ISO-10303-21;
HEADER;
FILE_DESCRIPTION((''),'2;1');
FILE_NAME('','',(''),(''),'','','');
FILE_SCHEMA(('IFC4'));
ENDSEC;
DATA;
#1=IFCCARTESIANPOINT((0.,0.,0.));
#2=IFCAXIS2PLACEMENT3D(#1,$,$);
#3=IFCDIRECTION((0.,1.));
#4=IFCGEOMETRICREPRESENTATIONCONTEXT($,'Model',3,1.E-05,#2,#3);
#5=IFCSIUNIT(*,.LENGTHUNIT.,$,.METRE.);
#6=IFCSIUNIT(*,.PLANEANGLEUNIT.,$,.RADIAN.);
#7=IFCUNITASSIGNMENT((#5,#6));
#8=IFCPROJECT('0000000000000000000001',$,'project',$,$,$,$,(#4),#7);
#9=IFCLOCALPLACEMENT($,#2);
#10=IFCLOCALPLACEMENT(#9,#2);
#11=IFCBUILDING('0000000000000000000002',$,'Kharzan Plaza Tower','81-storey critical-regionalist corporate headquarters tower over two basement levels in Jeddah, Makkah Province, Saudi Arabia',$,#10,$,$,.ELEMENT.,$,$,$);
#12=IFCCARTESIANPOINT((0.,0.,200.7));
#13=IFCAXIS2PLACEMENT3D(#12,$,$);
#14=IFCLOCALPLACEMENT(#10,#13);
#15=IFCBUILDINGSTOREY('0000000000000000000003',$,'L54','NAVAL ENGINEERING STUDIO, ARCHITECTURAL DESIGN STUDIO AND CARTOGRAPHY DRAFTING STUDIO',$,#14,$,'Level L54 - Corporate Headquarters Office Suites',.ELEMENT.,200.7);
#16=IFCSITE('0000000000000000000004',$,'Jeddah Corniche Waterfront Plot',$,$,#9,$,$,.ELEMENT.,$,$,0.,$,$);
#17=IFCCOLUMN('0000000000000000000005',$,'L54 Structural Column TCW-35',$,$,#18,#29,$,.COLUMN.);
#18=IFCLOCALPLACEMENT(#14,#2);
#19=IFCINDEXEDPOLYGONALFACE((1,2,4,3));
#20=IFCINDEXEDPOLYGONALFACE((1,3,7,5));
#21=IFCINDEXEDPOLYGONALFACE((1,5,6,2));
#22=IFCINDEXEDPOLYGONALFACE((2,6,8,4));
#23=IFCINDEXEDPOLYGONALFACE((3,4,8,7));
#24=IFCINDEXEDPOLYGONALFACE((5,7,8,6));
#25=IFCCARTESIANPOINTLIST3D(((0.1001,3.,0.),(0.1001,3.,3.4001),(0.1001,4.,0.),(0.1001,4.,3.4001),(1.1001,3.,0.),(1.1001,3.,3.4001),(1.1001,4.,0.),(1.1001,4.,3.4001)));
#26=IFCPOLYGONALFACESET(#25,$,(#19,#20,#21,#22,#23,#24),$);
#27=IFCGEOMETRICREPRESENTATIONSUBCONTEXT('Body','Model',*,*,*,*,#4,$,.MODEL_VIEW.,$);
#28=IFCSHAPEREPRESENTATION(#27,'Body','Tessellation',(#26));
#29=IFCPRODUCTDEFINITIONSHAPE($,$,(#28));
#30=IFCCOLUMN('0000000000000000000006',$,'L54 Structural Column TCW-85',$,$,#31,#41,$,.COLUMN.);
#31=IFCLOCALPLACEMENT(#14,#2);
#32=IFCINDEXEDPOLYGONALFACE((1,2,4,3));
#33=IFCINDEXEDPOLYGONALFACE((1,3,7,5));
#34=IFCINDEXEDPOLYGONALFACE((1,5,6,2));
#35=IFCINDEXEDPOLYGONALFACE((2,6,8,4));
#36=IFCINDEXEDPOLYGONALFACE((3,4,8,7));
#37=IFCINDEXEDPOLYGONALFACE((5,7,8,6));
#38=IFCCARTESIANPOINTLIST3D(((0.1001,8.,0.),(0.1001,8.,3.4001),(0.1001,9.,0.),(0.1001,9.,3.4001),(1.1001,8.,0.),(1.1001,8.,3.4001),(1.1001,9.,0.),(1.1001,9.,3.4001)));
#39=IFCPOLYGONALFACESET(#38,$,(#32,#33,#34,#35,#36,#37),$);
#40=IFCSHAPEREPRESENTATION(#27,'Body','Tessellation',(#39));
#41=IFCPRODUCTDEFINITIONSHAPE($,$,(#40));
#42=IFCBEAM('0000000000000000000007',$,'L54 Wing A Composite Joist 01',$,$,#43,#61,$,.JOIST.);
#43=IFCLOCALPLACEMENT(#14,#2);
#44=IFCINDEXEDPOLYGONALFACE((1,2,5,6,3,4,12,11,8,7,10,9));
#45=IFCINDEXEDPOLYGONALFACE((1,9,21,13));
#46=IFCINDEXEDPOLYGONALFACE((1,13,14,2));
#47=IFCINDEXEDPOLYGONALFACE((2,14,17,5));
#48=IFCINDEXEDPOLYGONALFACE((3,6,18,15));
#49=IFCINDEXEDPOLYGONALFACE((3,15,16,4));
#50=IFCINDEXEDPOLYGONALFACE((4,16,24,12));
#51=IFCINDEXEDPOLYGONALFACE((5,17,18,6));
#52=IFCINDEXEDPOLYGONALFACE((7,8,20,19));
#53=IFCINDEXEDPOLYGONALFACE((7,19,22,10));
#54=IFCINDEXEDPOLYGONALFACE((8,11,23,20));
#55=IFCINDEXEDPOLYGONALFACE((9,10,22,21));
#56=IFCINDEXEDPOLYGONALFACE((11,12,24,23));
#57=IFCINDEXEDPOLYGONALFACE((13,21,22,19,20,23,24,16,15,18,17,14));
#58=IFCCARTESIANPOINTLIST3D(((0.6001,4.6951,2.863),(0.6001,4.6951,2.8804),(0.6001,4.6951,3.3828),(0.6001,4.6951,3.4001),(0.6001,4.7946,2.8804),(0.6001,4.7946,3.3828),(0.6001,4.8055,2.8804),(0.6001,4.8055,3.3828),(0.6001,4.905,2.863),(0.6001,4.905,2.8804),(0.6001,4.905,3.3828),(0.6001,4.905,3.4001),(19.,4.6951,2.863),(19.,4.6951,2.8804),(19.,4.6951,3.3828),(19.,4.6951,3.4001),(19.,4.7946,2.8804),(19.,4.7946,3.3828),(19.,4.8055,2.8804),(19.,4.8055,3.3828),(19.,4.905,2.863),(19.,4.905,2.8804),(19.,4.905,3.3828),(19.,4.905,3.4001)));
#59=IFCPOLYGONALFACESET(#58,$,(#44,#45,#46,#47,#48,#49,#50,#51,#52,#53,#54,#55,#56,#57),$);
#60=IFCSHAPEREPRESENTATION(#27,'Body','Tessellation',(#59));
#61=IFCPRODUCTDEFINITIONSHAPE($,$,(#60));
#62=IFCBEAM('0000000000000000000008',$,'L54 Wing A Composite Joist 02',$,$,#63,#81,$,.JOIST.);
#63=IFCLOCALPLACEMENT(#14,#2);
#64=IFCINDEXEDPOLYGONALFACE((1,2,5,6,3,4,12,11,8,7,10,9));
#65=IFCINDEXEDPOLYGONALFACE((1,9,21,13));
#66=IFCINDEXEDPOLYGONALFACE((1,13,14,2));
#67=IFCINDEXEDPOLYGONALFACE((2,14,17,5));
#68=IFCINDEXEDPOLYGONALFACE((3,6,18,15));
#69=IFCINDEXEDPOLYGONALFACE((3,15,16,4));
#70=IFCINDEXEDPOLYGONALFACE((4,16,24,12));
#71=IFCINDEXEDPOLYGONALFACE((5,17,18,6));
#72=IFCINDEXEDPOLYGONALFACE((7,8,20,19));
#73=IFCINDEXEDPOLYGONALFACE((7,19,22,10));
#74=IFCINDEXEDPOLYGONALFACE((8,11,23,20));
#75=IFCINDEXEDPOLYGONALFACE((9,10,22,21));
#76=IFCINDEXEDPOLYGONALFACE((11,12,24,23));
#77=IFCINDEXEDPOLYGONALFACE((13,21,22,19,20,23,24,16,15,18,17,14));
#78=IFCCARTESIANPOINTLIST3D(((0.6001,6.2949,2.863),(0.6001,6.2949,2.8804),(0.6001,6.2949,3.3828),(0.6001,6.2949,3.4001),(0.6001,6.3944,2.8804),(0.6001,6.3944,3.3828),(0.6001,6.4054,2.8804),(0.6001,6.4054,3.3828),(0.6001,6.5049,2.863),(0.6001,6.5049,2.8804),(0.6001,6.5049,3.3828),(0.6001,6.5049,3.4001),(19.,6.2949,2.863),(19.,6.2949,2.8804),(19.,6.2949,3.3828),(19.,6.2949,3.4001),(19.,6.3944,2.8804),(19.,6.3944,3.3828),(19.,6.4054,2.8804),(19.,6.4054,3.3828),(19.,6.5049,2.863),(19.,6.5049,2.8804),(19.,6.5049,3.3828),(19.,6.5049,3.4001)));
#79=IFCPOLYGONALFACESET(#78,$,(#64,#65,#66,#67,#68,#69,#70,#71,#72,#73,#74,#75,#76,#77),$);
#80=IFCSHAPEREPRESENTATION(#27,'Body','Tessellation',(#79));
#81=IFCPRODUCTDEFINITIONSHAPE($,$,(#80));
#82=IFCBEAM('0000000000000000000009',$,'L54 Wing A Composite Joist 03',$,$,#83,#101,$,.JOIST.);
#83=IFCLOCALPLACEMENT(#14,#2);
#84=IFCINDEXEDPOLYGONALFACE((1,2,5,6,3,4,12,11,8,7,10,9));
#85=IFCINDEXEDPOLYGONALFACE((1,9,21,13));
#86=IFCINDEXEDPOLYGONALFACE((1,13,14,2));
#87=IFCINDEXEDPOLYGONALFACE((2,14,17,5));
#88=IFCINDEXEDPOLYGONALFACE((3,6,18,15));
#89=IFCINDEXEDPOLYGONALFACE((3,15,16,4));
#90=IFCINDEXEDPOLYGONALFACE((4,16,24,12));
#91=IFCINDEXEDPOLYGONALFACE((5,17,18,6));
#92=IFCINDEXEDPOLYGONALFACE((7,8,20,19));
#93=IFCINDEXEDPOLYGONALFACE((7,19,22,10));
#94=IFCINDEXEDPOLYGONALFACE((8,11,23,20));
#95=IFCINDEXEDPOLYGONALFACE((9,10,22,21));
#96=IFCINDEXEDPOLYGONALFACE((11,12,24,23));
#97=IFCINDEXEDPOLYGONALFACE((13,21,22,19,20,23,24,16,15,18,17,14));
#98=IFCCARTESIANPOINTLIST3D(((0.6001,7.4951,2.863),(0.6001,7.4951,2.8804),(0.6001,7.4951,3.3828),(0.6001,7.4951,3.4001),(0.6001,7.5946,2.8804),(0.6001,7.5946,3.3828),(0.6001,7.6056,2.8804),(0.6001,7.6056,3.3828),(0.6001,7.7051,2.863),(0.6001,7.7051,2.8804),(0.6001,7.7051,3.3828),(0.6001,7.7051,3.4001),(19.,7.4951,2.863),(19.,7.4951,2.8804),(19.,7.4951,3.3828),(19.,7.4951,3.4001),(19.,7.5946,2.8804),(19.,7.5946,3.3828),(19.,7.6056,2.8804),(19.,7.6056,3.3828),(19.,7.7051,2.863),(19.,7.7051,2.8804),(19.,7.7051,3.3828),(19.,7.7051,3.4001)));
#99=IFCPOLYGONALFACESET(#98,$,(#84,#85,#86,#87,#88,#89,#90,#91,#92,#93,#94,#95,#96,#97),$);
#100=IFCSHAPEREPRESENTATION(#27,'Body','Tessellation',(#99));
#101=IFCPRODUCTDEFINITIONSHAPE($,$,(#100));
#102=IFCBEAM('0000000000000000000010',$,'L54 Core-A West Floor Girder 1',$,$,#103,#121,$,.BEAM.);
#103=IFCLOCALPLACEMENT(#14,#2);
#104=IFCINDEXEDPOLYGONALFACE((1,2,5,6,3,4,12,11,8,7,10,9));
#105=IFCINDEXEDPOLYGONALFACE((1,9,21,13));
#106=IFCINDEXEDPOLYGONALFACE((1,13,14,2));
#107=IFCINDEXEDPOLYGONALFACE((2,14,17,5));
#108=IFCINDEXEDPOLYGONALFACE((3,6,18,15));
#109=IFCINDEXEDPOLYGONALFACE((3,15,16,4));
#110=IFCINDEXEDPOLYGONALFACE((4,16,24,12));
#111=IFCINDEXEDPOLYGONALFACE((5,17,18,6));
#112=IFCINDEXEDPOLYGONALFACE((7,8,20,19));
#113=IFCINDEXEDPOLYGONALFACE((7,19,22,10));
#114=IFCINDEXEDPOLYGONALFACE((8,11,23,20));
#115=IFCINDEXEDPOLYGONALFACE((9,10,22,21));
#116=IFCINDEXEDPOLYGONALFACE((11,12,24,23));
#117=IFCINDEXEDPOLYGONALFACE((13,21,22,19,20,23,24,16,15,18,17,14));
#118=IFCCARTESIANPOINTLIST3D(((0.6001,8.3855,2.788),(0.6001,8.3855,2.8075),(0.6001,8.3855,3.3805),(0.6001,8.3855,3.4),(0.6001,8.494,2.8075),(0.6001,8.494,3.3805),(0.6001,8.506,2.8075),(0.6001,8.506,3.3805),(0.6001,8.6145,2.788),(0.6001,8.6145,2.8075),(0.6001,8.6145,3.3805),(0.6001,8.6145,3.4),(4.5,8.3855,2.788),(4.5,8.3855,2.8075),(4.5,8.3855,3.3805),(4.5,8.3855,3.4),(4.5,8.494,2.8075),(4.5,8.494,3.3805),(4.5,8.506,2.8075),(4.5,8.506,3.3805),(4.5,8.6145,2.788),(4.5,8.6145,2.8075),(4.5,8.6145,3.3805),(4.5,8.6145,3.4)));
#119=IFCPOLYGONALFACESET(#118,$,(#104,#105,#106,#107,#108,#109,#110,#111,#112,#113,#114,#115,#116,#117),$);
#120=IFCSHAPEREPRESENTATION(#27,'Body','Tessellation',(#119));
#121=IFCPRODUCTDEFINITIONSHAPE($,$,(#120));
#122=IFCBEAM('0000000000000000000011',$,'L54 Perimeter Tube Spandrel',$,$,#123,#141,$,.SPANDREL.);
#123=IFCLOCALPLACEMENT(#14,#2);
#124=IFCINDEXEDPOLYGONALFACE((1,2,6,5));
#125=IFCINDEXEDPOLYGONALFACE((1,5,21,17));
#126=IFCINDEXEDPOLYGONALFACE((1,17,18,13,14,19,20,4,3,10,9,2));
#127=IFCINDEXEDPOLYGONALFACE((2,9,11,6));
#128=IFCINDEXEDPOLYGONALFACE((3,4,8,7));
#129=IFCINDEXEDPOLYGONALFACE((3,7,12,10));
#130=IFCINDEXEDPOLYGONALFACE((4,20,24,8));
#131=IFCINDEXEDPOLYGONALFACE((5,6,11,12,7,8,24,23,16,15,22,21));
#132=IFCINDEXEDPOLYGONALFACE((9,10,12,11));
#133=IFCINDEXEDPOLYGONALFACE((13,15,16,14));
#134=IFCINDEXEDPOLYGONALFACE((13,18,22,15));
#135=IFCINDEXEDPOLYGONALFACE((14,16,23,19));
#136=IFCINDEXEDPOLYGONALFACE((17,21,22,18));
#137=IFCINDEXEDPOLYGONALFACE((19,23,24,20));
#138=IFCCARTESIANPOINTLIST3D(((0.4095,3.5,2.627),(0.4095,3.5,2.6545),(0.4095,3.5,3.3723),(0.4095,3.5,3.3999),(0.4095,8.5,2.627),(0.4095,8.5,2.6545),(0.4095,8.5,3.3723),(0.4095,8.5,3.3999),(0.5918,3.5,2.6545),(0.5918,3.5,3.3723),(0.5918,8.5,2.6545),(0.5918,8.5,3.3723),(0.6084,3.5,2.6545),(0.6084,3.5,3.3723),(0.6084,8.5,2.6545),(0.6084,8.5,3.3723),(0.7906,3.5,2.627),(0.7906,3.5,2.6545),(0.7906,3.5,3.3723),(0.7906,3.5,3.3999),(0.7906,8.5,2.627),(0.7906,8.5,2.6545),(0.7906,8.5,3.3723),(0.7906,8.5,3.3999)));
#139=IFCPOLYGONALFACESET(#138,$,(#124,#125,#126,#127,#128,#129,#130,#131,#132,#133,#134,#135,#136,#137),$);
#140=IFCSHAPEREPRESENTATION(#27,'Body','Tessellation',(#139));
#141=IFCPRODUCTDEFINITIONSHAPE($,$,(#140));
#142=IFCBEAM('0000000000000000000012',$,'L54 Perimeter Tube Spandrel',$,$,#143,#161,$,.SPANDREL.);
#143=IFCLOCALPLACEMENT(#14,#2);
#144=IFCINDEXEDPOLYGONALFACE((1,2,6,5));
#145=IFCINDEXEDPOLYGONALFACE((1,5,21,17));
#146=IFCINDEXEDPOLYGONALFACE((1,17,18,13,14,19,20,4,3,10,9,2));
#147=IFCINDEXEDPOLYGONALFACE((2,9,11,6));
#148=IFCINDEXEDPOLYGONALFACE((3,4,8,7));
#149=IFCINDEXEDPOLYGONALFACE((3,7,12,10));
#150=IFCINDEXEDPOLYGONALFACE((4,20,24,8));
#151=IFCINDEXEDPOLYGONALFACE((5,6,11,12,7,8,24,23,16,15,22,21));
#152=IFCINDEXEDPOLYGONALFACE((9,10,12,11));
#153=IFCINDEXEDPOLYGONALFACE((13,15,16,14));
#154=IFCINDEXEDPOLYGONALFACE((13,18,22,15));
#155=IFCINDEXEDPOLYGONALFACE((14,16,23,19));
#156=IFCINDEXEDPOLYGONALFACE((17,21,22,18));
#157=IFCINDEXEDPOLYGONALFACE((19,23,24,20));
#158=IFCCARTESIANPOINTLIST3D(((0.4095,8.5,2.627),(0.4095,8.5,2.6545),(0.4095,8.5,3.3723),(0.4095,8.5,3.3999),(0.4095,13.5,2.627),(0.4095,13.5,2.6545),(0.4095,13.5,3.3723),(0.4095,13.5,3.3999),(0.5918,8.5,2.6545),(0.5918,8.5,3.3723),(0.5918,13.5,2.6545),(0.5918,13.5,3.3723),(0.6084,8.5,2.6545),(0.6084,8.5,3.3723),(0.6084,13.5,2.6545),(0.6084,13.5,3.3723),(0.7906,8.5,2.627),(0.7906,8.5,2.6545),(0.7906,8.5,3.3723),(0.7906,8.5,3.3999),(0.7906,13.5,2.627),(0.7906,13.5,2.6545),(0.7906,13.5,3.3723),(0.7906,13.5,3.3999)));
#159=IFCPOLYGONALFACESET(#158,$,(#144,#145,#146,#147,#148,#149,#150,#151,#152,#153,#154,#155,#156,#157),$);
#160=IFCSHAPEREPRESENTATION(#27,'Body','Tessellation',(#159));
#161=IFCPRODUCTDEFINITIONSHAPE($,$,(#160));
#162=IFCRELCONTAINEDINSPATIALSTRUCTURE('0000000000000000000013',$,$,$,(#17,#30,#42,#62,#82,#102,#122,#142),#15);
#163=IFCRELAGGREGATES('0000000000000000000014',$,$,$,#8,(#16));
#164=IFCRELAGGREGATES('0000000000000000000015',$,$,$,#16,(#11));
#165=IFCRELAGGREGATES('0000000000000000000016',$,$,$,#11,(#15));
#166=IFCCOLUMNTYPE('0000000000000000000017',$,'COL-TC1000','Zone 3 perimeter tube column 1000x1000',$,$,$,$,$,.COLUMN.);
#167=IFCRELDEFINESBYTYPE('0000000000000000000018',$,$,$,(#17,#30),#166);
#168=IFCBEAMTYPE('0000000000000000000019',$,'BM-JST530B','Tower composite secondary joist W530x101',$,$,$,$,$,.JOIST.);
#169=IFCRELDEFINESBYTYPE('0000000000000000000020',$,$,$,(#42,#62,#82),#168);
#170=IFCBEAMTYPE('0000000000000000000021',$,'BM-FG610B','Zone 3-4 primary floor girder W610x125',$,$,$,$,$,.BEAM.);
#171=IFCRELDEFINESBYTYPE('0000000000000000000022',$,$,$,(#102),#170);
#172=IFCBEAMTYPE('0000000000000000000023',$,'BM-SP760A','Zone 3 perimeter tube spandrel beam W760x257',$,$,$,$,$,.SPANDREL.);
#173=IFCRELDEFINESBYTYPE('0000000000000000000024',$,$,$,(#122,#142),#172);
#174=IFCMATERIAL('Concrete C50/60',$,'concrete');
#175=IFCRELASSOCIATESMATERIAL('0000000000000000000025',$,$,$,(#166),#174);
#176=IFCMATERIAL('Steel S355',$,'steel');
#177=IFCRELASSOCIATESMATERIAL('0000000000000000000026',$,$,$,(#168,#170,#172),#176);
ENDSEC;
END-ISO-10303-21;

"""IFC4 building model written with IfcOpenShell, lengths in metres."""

from ifc_helpers import new_model, si_unit, direction, frame, origin, origin_2d, place, context, subcontext, project, spatial, rectangle, i_section, extrude, source, transform, mapped, material, material_profile, profile_set, type_object, element, save


model = new_model("IFC4")

# Units and contexts
model_context = context("Model", 3, precision=1e-05, world=origin(), true_north=direction((0.0, 1.0)))
body_context = subcontext(model_context, "Body", "Model", "MODEL_VIEW")
ifc_project = project(units=[si_unit("LENGTHUNIT", "METRE"), si_unit("PLANEANGLEUNIT", "RADIAN")], contexts=[model_context])

# Site, building, storey
site_placement = place(None, origin())
site = spatial("IfcSite", under=ifc_project, at=site_placement, Name="Jeddah Corniche Waterfront Plot", CompositionType="ELEMENT", RefElevation=0.0)
building_placement = place(site_placement, origin())
building = spatial("IfcBuilding", under=site, at=building_placement, Name="Kharzan Plaza Tower", Description="81-storey critical-regionalist corporate headquarters tower over two basement levels in Jeddah, Makkah Province, Saudi Arabia", CompositionType="ELEMENT")
storey_placement = place(building_placement, frame((0.0, 0.0, 200.7)))
storey = spatial("IfcBuildingStorey", under=building, at=storey_placement, Name="L54", Description="NAVAL ENGINEERING STUDIO, ARCHITECTURAL DESIGN STUDIO AND CARTOGRAPHY DRAFTING STUDIO", LongName="Level L54 - Corporate Headquarters Office Suites", CompositionType="ELEMENT", Elevation=200.7)

# Columns
ifc_material_1 = material(Name="Concrete C50/60", Category="concrete")
ifc_material_profile_1 = material_profile(ifc_material_1, rectangle(XDim=1.0, YDim=1.0, at=origin_2d()), Name="RC-TC1000x1000")
ifc_profile_set_1 = profile_set([ifc_material_profile_1], Name="Concrete C50/60")
column_type = type_object("IfcColumnType", Name="COL-TC1000", Description="Zone 3 perimeter tube column 1000x1000", PredefinedType="COLUMN", material=ifc_profile_set_1)
shared_shape_1 = source(origin(), body_context, "Body", "SweptSolid", [
    extrude(rectangle(XDim=1.0, YDim=1.0, at=origin_2d()), origin(), (0.0, 0.0, 1.0), 3.4001),
])
for number, where, z_axis, x_axis, name in (
    (1, (0.6001, 3.5, 0.0), (0.0, 0.0, 1.0), (1.0, 0.0, 0.0), "L54 Structural Column TCW-35"),
    (2, (0.6001, 8.5, 0.0), (0.0, 0.0, 1.0), (1.0, 0.0, 0.0), "L54 Structural Column TCW-85"),
):
    element("IfcColumn", number, at=place(storey_placement, frame(where, z_axis=z_axis, x_axis=x_axis)), inside=storey, type_object=column_type, Name=name, PredefinedType="COLUMN", context=body_context, shape_type="MappedRepresentation", body=[
        mapped(shared_shape_1, transform((0.0, 0.0, 0.0), x_axis=(1.0, 0.0, 0.0), y_axis=(0.0, 1.0, 0.0), z_axis=(0.0, 0.0, 1.0))),
    ])

# Beams
ifc_material_2 = material(Name="Steel S355", Category="steel")
ifc_material_profile_2 = material_profile(ifc_material_2, i_section(OverallWidth=0.21, OverallDepth=0.5371, WebThickness=0.011, FlangeThickness=0.0173, at=origin_2d()), Name="W530x101")
ifc_profile_set_2 = profile_set([ifc_material_profile_2], Name="Steel S355")
beam_type_1 = type_object("IfcBeamType", Name="BM-JST530B", Description="Tower composite secondary joist W530x101", PredefinedType="JOIST", material=ifc_profile_set_2)
shared_shape_2 = source(origin(), body_context, "Body", "SweptSolid", [
    extrude(i_section(OverallWidth=0.21, OverallDepth=0.5371, WebThickness=0.011, FlangeThickness=0.0173, at=origin_2d()), origin(), (0.0, 0.0, 1.0), 18.3999),
])
for number, where, z_axis, x_axis, name in (
    (3, (0.6001, 4.8, 3.1316), (1.0, 0.0, 0.0), (0.0, 1.0, 0.0), "L54 Wing A Composite Joist 01"),
    (4, (0.6001, 6.3999, 3.1316), (1.0, 0.0, 0.0), (0.0, 1.0, 0.0), "L54 Wing A Composite Joist 02"),
    (5, (0.6001, 7.6001, 3.1316), (1.0, 0.0, 0.0), (0.0, 1.0, 0.0), "L54 Wing A Composite Joist 03"),
):
    element("IfcBeam", number, at=place(storey_placement, frame(where, z_axis=z_axis, x_axis=x_axis)), inside=storey, type_object=beam_type_1, Name=name, PredefinedType="JOIST", context=body_context, shape_type="MappedRepresentation", body=[
        mapped(shared_shape_2, transform((0.0, 0.0, 0.0), x_axis=(1.0, 0.0, 0.0), y_axis=(0.0, 1.0, 0.0), z_axis=(0.0, 0.0, 1.0))),
    ])
ifc_material_profile_3 = material_profile(ifc_material_2, i_section(OverallWidth=0.229, OverallDepth=0.6121, WebThickness=0.012, FlangeThickness=0.0195, at=origin_2d()), Name="W610x125")
ifc_profile_set_3 = profile_set([ifc_material_profile_3], Name="Steel S355")
beam_type_2 = type_object("IfcBeamType", Name="BM-FG610B", Description="Zone 3-4 primary floor girder W610x125", PredefinedType="BEAM", material=ifc_profile_set_3)
shared_shape_3 = source(origin(), body_context, "Body", "SweptSolid", [
    extrude(i_section(OverallWidth=0.229, OverallDepth=0.6121, WebThickness=0.012, FlangeThickness=0.0195, at=origin_2d()), origin(), (0.0, 0.0, 1.0), 3.8999),
])
beam_placement = place(storey_placement, frame((0.6001, 8.5, 3.094), z_axis=(1.0, 0.0, 0.0), x_axis=(0.0, 1.0, 0.0)))
element("IfcBeam", 6, at=beam_placement, inside=storey, type_object=beam_type_2, Name="L54 Core-A West Floor Girder 1", PredefinedType="BEAM", context=body_context, shape_type="MappedRepresentation", body=[
    mapped(shared_shape_3, transform((0.0, 0.0, 0.0), x_axis=(1.0, 0.0, 0.0), y_axis=(0.0, 1.0, 0.0), z_axis=(0.0, 0.0, 1.0))),
])
ifc_material_profile_4 = material_profile(ifc_material_2, i_section(OverallWidth=0.3811, OverallDepth=0.7729, WebThickness=0.0166, FlangeThickness=0.0276, at=origin_2d()), Name="W760x257")
ifc_profile_set_4 = profile_set([ifc_material_profile_4], Name="Steel S355")
beam_type_3 = type_object("IfcBeamType", Name="BM-SP760A", Description="Zone 3 perimeter tube spandrel beam W760x257", PredefinedType="SPANDREL", material=ifc_profile_set_4)
shared_shape_4 = source(origin(), body_context, "Body", "SweptSolid", [
    extrude(i_section(OverallWidth=0.3811, OverallDepth=0.7729, WebThickness=0.0166, FlangeThickness=0.0276, at=origin_2d()), origin(), (0.0, 0.0, 1.0), 5.0),
])
for number, where, z_axis, x_axis, name in (
    (7, (0.6001, 3.5, 3.0134), (0.0, 1.0, 0.0), (-1.0, 0.0, 0.0), "L54 Perimeter Tube Spandrel"),
    (8, (0.6001, 8.5, 3.0134), (0.0, 1.0, 0.0), (-1.0, 0.0, 0.0), "L54 Perimeter Tube Spandrel"),
):
    element("IfcBeam", number, at=place(storey_placement, frame(where, z_axis=z_axis, x_axis=x_axis)), inside=storey, type_object=beam_type_3, Name=name, PredefinedType="SPANDREL", context=body_context, shape_type="MappedRepresentation", body=[
        mapped(shared_shape_4, transform((0.0, 0.0, 0.0), x_axis=(1.0, 0.0, 0.0), y_axis=(0.0, 1.0, 0.0), z_axis=(0.0, 0.0, 1.0))),
    ])

save(model, "model.ifc")
